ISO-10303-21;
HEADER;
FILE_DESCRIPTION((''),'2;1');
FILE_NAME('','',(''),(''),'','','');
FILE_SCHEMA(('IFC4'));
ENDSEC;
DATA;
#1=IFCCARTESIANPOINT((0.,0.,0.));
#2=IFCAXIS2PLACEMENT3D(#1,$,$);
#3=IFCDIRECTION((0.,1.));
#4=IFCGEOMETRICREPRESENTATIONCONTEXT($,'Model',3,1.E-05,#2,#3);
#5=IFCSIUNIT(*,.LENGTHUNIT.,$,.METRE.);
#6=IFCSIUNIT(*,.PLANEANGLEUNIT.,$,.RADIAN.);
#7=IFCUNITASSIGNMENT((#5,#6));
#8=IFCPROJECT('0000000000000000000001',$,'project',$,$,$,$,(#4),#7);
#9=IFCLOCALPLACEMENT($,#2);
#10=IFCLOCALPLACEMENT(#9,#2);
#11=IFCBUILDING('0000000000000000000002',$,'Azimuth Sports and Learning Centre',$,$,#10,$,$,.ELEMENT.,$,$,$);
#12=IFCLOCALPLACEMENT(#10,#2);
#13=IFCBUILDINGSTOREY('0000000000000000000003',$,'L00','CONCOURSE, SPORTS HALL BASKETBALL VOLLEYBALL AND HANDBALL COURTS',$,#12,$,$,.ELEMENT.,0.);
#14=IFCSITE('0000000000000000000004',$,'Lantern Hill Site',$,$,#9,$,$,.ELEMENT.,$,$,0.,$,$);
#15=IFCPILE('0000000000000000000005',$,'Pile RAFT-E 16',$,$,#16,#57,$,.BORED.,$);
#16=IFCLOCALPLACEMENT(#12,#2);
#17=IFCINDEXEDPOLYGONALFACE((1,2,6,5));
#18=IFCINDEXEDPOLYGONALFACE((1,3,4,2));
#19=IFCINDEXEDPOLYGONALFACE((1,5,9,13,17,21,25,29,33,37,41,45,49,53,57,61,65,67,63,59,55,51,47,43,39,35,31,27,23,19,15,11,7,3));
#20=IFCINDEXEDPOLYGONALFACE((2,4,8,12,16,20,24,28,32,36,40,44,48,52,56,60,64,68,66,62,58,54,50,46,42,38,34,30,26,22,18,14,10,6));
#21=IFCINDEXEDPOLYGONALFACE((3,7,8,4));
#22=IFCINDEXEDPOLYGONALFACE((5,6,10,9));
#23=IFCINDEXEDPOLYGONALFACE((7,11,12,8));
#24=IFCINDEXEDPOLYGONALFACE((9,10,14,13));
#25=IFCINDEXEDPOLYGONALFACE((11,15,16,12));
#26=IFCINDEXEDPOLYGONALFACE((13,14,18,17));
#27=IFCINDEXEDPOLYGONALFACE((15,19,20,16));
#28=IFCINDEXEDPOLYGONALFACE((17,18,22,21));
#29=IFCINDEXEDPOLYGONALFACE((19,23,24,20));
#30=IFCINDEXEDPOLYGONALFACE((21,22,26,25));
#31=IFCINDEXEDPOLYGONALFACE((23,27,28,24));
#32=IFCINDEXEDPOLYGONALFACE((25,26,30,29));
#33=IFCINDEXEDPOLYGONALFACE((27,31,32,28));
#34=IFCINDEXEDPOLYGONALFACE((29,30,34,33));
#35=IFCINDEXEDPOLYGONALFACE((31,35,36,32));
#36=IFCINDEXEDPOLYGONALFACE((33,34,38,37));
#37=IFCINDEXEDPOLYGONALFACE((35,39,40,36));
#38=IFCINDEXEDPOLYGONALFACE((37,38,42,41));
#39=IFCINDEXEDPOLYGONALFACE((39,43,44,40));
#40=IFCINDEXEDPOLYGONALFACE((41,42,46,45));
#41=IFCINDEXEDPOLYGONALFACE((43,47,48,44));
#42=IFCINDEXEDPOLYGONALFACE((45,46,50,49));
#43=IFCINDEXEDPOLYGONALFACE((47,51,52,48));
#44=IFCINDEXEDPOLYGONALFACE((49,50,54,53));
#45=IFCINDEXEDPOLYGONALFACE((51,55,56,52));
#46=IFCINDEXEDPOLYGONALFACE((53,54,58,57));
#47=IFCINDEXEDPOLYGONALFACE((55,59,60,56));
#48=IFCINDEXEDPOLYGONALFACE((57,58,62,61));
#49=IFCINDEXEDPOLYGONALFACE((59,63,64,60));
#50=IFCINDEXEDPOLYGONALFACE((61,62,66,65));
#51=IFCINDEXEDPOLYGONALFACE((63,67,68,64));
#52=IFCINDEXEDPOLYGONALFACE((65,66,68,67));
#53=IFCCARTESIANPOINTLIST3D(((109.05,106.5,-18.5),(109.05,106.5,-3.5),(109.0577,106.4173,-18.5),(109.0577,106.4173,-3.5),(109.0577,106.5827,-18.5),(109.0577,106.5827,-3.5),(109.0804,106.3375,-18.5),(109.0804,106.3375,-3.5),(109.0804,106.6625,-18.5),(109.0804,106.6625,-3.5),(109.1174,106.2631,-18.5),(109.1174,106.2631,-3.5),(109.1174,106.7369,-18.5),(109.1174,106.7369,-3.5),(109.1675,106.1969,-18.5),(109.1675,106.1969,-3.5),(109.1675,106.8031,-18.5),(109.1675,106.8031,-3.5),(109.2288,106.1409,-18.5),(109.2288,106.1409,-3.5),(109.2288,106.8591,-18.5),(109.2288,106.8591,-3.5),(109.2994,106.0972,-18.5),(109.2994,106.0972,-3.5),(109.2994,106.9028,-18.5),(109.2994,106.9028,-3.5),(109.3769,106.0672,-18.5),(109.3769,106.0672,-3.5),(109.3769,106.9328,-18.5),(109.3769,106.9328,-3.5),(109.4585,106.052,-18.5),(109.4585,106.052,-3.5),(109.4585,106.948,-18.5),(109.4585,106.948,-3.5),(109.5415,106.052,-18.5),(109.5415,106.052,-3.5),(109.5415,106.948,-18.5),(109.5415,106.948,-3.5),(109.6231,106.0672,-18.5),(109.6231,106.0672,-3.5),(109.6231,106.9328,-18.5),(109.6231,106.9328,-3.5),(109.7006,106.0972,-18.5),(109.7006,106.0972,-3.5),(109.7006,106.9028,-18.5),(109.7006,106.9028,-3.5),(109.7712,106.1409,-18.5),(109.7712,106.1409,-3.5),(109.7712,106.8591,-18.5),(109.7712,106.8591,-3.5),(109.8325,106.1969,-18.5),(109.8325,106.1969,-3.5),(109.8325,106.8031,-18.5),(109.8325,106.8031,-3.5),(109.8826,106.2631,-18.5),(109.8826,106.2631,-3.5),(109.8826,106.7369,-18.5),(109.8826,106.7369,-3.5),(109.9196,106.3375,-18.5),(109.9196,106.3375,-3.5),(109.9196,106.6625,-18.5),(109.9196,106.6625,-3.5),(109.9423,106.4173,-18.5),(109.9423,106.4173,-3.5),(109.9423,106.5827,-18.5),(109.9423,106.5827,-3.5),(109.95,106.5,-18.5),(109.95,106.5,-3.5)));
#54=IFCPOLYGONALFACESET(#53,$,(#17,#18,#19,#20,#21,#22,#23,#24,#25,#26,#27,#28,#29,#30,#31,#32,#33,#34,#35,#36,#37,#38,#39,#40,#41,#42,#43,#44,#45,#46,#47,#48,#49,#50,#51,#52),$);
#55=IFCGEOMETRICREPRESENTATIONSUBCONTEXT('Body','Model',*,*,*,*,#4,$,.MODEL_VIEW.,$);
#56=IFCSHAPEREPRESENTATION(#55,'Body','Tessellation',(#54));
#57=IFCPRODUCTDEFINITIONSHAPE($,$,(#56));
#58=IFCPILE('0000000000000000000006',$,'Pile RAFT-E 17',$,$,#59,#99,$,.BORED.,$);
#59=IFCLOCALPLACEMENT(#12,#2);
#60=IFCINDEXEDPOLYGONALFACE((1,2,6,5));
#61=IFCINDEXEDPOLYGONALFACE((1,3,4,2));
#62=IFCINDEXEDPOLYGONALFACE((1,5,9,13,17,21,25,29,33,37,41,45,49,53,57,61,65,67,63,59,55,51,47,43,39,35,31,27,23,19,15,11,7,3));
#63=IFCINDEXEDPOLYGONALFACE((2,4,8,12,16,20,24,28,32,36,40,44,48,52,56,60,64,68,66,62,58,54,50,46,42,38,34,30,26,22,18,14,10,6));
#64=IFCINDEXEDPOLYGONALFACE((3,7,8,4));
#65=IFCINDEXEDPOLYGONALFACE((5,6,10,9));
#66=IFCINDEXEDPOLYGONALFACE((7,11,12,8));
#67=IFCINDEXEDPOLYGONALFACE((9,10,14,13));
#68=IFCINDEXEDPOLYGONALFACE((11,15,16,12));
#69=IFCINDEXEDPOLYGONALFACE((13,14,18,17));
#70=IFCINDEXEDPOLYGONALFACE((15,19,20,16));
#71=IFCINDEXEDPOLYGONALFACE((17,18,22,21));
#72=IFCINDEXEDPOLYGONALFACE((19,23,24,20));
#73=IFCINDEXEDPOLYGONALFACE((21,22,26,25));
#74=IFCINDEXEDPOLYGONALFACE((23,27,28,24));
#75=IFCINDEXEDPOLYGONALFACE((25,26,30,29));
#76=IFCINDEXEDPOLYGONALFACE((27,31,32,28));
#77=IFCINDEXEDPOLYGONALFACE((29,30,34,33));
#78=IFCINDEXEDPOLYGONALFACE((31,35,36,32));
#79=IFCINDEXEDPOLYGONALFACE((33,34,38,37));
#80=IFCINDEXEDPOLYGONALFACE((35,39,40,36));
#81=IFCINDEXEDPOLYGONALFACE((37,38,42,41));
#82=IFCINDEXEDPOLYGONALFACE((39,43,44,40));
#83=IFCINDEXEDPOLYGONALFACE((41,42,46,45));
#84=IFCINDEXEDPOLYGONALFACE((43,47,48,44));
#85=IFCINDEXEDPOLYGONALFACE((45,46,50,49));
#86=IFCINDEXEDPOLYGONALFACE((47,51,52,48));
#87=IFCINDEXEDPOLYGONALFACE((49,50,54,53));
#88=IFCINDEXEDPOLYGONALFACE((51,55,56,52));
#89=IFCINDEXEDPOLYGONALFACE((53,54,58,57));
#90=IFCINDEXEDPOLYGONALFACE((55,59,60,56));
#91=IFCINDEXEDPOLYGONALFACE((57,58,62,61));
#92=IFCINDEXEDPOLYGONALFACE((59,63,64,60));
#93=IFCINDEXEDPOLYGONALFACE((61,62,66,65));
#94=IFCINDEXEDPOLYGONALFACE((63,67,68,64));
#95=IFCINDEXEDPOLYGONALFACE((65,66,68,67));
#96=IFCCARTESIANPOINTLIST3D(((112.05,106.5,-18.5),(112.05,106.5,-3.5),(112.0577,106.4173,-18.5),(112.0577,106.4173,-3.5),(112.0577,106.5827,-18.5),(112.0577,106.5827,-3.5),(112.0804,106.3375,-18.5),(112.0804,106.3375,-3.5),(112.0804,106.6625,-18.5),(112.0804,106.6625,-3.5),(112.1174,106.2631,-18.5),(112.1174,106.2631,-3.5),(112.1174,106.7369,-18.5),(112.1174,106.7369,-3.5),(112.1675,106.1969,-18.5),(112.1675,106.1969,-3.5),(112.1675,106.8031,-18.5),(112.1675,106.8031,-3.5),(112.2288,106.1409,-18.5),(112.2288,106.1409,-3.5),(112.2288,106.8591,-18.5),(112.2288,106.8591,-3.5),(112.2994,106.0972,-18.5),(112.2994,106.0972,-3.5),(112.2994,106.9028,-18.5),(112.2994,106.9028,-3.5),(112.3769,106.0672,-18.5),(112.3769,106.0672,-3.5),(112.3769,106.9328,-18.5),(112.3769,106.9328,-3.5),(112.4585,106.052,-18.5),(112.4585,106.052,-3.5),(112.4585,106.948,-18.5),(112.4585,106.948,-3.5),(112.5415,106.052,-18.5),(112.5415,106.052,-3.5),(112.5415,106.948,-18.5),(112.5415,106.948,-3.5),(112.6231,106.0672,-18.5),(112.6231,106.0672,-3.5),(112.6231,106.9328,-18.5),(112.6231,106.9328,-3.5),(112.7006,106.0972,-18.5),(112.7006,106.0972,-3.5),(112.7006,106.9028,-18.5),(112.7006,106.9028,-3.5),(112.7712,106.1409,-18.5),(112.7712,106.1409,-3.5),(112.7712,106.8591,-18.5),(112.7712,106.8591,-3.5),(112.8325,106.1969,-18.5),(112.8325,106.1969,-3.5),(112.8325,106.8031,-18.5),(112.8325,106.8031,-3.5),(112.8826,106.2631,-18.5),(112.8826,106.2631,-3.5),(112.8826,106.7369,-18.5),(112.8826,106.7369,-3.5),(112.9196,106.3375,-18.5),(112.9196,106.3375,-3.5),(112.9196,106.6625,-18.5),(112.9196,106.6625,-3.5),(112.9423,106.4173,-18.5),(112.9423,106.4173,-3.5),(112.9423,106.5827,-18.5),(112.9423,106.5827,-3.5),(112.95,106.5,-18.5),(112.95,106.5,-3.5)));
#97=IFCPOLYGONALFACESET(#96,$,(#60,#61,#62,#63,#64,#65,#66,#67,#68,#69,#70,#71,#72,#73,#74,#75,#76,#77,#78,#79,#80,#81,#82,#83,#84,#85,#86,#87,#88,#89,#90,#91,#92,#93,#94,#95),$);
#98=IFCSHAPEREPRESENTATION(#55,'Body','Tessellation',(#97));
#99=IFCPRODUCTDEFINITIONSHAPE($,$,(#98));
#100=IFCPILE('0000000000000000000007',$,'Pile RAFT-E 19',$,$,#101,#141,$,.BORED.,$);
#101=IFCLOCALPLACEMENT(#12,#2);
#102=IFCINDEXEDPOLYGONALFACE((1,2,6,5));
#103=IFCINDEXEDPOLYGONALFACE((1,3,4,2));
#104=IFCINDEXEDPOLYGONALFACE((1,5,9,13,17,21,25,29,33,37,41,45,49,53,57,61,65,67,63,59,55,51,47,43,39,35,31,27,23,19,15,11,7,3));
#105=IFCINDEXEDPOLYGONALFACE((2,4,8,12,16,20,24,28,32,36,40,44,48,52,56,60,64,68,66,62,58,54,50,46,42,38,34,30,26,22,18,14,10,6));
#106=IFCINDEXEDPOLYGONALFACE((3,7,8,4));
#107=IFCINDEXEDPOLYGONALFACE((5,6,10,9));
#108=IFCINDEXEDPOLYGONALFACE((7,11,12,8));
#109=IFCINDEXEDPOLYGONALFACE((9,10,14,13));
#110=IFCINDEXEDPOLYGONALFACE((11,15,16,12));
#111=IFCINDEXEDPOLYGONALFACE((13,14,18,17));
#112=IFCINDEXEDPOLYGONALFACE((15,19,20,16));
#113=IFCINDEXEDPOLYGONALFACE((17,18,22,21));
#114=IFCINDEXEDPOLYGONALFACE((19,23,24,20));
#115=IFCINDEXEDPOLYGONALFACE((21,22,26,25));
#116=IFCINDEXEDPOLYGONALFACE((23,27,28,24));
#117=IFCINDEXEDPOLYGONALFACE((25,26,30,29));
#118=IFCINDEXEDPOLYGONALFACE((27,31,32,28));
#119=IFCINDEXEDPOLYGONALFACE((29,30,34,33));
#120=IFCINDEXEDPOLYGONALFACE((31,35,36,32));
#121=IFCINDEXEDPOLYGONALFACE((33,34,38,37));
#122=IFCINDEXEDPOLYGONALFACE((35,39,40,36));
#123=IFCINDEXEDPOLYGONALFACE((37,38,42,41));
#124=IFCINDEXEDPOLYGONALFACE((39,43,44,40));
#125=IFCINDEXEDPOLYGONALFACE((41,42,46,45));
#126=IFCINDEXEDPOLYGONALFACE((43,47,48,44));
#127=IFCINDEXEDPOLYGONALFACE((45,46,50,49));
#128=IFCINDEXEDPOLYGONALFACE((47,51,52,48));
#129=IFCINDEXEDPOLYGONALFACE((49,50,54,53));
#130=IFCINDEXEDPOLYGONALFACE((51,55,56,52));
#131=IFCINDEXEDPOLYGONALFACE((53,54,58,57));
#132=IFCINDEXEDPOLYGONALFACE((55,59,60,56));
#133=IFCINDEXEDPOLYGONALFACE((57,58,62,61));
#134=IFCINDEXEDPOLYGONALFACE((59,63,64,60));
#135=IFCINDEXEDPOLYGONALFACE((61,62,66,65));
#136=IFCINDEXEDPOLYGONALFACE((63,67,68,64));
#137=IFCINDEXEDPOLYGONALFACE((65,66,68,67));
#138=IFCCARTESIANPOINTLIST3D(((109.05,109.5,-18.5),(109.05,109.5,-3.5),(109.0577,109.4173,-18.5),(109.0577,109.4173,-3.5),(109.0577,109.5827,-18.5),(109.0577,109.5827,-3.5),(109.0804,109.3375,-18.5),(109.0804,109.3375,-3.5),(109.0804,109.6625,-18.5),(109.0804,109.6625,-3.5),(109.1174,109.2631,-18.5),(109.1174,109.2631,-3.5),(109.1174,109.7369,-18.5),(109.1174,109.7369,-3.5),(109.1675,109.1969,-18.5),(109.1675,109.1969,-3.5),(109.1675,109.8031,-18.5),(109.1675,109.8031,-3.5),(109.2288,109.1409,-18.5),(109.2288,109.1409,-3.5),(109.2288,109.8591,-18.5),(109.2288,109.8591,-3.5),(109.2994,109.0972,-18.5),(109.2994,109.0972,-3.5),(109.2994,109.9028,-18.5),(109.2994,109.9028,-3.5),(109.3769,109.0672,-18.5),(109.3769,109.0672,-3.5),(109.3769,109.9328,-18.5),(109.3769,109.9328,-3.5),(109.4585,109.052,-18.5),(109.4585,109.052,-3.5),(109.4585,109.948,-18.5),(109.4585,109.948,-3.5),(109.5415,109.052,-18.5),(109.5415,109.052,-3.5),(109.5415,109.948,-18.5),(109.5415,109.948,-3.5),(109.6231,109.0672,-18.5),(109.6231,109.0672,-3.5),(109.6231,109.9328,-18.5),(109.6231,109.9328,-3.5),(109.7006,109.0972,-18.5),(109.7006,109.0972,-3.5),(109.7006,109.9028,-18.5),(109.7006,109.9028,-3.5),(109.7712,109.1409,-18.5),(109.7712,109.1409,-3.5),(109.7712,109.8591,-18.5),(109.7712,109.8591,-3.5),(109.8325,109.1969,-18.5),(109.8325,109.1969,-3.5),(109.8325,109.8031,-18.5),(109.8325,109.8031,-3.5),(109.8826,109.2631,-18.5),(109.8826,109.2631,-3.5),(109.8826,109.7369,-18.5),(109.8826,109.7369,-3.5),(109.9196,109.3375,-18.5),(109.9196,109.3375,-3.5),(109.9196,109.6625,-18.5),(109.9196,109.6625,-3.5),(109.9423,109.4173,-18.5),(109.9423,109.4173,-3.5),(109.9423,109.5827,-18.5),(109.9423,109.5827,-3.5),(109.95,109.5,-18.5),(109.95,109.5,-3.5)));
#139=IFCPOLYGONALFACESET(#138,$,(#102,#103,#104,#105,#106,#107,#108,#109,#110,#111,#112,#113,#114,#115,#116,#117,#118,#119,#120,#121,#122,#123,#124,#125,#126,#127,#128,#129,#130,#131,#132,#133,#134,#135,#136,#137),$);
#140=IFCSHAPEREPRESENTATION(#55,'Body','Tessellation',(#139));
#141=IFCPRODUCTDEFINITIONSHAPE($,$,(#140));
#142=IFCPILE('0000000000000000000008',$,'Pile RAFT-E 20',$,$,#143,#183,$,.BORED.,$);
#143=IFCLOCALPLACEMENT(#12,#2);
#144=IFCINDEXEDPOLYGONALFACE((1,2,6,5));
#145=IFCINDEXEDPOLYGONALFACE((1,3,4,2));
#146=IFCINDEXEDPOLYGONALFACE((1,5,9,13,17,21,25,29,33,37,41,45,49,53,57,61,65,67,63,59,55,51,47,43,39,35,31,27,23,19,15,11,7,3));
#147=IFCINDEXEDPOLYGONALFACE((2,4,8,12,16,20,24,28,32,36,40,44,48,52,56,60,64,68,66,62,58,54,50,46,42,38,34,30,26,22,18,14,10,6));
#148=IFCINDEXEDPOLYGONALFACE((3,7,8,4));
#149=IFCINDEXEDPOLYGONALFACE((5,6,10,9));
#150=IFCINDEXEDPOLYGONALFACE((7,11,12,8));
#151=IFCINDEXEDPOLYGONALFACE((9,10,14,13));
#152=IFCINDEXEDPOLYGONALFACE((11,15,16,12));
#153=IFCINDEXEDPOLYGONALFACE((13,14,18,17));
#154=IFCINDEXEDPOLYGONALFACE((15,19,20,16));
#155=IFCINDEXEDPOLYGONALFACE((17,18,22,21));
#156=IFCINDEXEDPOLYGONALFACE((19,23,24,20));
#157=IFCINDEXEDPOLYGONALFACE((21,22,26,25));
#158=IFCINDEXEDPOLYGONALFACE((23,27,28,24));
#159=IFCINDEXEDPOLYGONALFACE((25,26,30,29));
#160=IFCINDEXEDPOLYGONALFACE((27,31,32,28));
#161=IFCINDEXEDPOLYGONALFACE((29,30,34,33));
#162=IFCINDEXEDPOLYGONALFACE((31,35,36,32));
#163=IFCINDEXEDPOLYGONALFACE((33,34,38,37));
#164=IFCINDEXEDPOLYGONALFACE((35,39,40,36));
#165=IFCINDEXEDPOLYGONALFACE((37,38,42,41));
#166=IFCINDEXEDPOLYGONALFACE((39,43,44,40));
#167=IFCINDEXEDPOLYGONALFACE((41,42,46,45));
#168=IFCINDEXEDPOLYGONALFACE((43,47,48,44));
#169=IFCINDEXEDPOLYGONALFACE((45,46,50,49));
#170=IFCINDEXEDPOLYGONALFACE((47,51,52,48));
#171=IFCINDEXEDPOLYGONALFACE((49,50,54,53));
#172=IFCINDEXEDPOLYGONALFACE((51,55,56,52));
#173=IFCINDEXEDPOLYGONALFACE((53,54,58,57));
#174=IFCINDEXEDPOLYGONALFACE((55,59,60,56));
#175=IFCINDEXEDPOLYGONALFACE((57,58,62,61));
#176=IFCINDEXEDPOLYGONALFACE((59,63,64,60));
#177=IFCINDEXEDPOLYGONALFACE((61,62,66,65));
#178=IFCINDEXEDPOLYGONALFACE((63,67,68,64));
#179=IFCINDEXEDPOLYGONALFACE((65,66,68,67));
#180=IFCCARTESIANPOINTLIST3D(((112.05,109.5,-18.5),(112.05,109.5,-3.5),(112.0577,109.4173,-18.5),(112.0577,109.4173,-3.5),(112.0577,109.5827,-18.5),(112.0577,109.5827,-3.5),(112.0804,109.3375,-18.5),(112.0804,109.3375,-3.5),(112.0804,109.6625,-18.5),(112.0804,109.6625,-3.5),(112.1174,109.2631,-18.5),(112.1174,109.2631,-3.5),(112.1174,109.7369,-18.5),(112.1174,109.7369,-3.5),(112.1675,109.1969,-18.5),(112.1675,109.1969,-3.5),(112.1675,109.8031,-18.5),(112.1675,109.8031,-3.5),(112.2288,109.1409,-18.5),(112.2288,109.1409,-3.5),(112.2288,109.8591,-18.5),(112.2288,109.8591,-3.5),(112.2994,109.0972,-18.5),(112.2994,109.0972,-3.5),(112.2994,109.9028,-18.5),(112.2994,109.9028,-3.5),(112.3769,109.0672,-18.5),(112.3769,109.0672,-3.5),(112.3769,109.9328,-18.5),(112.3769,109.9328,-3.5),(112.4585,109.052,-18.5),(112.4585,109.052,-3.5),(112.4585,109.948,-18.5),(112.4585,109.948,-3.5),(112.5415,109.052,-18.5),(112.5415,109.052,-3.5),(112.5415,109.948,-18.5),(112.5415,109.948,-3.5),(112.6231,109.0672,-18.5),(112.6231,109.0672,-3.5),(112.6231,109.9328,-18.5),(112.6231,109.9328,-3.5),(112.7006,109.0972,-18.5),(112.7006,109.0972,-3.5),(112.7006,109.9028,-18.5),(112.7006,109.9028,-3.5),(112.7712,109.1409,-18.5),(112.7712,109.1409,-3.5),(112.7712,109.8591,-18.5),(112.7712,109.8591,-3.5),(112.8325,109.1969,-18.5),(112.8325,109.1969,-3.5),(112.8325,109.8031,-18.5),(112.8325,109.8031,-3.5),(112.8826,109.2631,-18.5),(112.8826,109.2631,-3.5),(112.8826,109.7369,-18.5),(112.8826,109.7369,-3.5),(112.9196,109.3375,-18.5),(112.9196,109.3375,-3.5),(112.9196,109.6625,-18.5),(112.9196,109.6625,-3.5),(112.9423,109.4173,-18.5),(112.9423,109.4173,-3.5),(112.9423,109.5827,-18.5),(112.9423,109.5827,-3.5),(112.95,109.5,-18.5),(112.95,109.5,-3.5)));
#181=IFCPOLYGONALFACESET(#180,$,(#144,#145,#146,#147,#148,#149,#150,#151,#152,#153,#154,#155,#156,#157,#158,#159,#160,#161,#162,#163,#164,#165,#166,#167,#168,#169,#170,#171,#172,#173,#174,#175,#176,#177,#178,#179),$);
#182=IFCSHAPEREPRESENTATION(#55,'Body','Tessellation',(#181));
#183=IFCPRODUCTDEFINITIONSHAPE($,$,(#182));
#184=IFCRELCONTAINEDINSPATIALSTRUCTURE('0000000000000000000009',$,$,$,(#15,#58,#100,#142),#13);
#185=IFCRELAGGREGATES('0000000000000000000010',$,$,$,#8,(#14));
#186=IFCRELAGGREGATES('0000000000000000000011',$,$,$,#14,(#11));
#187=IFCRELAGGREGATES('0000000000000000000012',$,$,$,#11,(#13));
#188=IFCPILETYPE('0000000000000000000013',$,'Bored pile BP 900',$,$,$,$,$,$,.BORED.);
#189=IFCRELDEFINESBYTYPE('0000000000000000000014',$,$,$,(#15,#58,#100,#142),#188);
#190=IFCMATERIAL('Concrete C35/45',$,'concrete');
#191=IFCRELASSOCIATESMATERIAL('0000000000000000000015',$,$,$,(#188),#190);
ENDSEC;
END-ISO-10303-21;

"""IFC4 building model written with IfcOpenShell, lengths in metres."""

from ifc_helpers import new_model, si_unit, direction, frame, origin, origin_2d, place, context, subcontext, project, spatial, circle, extrude, material, material_profile, profile_set, type_object, element, save


model = new_model("IFC4")

# Units and contexts
model_context = context("Model", 3, precision=1e-05, world=origin(), true_north=direction((0.0, 1.0)))
body_context = subcontext(model_context, "Body", "Model", "MODEL_VIEW")
ifc_project = project(units=[si_unit("LENGTHUNIT", "METRE"), si_unit("PLANEANGLEUNIT", "RADIAN")], contexts=[model_context])

# Site, building, storey
site_placement = place(None, origin())
site = spatial("IfcSite", under=ifc_project, at=site_placement, Name="Lantern Hill Site", CompositionType="ELEMENT", RefElevation=0.0)
building_placement = place(site_placement, origin())
building = spatial("IfcBuilding", under=site, at=building_placement, Name="Azimuth Sports and Learning Centre", CompositionType="ELEMENT")
storey_placement = place(building_placement, origin())
storey = spatial("IfcBuildingStorey", under=building, at=storey_placement, Name="L00", Description="CONCOURSE, SPORTS HALL BASKETBALL VOLLEYBALL AND HANDBALL COURTS", CompositionType="ELEMENT", Elevation=0.0)

# Piles
ifc_material_1 = material(Name="Concrete C35/45", Category="concrete")
ifc_material_profile_1 = material_profile(ifc_material_1, circle(Radius=0.45, at=origin_2d()), Name="BP 900")
ifc_profile_set_1 = profile_set([ifc_material_profile_1], Name="Concrete C35/45")
pile_type = type_object("IfcPileType", Name="Bored pile BP 900", PredefinedType="BORED", material=ifc_profile_set_1)
for number, where, z_axis, x_axis, name in (
    (1, (109.5, 106.5, -3.5), (0.0, 0.0, -1.0), (1.0, 0.0, 0.0), "Pile RAFT-E 16"),
    (2, (112.5, 106.5, -3.5), (0.0, 0.0, -1.0), (1.0, 0.0, 0.0), "Pile RAFT-E 17"),
    (3, (109.5, 109.5, -3.5), (0.0, 0.0, -1.0), (1.0, 0.0, 0.0), "Pile RAFT-E 19"),
    (4, (112.5, 109.5, -3.5), (0.0, 0.0, -1.0), (1.0, 0.0, 0.0), "Pile RAFT-E 20"),
):
    element("IfcPile", number, at=place(storey_placement, frame(where, z_axis=z_axis, x_axis=x_axis)), inside=storey, type_object=pile_type, Name=name, PredefinedType="BORED", context=body_context, shape_type="SweptSolid", body=[
        extrude(circle(Radius=0.45, at=origin_2d()), origin(), (0.0, 0.0, 1.0), 15.0),
    ])

save(model, "model.ifc")
